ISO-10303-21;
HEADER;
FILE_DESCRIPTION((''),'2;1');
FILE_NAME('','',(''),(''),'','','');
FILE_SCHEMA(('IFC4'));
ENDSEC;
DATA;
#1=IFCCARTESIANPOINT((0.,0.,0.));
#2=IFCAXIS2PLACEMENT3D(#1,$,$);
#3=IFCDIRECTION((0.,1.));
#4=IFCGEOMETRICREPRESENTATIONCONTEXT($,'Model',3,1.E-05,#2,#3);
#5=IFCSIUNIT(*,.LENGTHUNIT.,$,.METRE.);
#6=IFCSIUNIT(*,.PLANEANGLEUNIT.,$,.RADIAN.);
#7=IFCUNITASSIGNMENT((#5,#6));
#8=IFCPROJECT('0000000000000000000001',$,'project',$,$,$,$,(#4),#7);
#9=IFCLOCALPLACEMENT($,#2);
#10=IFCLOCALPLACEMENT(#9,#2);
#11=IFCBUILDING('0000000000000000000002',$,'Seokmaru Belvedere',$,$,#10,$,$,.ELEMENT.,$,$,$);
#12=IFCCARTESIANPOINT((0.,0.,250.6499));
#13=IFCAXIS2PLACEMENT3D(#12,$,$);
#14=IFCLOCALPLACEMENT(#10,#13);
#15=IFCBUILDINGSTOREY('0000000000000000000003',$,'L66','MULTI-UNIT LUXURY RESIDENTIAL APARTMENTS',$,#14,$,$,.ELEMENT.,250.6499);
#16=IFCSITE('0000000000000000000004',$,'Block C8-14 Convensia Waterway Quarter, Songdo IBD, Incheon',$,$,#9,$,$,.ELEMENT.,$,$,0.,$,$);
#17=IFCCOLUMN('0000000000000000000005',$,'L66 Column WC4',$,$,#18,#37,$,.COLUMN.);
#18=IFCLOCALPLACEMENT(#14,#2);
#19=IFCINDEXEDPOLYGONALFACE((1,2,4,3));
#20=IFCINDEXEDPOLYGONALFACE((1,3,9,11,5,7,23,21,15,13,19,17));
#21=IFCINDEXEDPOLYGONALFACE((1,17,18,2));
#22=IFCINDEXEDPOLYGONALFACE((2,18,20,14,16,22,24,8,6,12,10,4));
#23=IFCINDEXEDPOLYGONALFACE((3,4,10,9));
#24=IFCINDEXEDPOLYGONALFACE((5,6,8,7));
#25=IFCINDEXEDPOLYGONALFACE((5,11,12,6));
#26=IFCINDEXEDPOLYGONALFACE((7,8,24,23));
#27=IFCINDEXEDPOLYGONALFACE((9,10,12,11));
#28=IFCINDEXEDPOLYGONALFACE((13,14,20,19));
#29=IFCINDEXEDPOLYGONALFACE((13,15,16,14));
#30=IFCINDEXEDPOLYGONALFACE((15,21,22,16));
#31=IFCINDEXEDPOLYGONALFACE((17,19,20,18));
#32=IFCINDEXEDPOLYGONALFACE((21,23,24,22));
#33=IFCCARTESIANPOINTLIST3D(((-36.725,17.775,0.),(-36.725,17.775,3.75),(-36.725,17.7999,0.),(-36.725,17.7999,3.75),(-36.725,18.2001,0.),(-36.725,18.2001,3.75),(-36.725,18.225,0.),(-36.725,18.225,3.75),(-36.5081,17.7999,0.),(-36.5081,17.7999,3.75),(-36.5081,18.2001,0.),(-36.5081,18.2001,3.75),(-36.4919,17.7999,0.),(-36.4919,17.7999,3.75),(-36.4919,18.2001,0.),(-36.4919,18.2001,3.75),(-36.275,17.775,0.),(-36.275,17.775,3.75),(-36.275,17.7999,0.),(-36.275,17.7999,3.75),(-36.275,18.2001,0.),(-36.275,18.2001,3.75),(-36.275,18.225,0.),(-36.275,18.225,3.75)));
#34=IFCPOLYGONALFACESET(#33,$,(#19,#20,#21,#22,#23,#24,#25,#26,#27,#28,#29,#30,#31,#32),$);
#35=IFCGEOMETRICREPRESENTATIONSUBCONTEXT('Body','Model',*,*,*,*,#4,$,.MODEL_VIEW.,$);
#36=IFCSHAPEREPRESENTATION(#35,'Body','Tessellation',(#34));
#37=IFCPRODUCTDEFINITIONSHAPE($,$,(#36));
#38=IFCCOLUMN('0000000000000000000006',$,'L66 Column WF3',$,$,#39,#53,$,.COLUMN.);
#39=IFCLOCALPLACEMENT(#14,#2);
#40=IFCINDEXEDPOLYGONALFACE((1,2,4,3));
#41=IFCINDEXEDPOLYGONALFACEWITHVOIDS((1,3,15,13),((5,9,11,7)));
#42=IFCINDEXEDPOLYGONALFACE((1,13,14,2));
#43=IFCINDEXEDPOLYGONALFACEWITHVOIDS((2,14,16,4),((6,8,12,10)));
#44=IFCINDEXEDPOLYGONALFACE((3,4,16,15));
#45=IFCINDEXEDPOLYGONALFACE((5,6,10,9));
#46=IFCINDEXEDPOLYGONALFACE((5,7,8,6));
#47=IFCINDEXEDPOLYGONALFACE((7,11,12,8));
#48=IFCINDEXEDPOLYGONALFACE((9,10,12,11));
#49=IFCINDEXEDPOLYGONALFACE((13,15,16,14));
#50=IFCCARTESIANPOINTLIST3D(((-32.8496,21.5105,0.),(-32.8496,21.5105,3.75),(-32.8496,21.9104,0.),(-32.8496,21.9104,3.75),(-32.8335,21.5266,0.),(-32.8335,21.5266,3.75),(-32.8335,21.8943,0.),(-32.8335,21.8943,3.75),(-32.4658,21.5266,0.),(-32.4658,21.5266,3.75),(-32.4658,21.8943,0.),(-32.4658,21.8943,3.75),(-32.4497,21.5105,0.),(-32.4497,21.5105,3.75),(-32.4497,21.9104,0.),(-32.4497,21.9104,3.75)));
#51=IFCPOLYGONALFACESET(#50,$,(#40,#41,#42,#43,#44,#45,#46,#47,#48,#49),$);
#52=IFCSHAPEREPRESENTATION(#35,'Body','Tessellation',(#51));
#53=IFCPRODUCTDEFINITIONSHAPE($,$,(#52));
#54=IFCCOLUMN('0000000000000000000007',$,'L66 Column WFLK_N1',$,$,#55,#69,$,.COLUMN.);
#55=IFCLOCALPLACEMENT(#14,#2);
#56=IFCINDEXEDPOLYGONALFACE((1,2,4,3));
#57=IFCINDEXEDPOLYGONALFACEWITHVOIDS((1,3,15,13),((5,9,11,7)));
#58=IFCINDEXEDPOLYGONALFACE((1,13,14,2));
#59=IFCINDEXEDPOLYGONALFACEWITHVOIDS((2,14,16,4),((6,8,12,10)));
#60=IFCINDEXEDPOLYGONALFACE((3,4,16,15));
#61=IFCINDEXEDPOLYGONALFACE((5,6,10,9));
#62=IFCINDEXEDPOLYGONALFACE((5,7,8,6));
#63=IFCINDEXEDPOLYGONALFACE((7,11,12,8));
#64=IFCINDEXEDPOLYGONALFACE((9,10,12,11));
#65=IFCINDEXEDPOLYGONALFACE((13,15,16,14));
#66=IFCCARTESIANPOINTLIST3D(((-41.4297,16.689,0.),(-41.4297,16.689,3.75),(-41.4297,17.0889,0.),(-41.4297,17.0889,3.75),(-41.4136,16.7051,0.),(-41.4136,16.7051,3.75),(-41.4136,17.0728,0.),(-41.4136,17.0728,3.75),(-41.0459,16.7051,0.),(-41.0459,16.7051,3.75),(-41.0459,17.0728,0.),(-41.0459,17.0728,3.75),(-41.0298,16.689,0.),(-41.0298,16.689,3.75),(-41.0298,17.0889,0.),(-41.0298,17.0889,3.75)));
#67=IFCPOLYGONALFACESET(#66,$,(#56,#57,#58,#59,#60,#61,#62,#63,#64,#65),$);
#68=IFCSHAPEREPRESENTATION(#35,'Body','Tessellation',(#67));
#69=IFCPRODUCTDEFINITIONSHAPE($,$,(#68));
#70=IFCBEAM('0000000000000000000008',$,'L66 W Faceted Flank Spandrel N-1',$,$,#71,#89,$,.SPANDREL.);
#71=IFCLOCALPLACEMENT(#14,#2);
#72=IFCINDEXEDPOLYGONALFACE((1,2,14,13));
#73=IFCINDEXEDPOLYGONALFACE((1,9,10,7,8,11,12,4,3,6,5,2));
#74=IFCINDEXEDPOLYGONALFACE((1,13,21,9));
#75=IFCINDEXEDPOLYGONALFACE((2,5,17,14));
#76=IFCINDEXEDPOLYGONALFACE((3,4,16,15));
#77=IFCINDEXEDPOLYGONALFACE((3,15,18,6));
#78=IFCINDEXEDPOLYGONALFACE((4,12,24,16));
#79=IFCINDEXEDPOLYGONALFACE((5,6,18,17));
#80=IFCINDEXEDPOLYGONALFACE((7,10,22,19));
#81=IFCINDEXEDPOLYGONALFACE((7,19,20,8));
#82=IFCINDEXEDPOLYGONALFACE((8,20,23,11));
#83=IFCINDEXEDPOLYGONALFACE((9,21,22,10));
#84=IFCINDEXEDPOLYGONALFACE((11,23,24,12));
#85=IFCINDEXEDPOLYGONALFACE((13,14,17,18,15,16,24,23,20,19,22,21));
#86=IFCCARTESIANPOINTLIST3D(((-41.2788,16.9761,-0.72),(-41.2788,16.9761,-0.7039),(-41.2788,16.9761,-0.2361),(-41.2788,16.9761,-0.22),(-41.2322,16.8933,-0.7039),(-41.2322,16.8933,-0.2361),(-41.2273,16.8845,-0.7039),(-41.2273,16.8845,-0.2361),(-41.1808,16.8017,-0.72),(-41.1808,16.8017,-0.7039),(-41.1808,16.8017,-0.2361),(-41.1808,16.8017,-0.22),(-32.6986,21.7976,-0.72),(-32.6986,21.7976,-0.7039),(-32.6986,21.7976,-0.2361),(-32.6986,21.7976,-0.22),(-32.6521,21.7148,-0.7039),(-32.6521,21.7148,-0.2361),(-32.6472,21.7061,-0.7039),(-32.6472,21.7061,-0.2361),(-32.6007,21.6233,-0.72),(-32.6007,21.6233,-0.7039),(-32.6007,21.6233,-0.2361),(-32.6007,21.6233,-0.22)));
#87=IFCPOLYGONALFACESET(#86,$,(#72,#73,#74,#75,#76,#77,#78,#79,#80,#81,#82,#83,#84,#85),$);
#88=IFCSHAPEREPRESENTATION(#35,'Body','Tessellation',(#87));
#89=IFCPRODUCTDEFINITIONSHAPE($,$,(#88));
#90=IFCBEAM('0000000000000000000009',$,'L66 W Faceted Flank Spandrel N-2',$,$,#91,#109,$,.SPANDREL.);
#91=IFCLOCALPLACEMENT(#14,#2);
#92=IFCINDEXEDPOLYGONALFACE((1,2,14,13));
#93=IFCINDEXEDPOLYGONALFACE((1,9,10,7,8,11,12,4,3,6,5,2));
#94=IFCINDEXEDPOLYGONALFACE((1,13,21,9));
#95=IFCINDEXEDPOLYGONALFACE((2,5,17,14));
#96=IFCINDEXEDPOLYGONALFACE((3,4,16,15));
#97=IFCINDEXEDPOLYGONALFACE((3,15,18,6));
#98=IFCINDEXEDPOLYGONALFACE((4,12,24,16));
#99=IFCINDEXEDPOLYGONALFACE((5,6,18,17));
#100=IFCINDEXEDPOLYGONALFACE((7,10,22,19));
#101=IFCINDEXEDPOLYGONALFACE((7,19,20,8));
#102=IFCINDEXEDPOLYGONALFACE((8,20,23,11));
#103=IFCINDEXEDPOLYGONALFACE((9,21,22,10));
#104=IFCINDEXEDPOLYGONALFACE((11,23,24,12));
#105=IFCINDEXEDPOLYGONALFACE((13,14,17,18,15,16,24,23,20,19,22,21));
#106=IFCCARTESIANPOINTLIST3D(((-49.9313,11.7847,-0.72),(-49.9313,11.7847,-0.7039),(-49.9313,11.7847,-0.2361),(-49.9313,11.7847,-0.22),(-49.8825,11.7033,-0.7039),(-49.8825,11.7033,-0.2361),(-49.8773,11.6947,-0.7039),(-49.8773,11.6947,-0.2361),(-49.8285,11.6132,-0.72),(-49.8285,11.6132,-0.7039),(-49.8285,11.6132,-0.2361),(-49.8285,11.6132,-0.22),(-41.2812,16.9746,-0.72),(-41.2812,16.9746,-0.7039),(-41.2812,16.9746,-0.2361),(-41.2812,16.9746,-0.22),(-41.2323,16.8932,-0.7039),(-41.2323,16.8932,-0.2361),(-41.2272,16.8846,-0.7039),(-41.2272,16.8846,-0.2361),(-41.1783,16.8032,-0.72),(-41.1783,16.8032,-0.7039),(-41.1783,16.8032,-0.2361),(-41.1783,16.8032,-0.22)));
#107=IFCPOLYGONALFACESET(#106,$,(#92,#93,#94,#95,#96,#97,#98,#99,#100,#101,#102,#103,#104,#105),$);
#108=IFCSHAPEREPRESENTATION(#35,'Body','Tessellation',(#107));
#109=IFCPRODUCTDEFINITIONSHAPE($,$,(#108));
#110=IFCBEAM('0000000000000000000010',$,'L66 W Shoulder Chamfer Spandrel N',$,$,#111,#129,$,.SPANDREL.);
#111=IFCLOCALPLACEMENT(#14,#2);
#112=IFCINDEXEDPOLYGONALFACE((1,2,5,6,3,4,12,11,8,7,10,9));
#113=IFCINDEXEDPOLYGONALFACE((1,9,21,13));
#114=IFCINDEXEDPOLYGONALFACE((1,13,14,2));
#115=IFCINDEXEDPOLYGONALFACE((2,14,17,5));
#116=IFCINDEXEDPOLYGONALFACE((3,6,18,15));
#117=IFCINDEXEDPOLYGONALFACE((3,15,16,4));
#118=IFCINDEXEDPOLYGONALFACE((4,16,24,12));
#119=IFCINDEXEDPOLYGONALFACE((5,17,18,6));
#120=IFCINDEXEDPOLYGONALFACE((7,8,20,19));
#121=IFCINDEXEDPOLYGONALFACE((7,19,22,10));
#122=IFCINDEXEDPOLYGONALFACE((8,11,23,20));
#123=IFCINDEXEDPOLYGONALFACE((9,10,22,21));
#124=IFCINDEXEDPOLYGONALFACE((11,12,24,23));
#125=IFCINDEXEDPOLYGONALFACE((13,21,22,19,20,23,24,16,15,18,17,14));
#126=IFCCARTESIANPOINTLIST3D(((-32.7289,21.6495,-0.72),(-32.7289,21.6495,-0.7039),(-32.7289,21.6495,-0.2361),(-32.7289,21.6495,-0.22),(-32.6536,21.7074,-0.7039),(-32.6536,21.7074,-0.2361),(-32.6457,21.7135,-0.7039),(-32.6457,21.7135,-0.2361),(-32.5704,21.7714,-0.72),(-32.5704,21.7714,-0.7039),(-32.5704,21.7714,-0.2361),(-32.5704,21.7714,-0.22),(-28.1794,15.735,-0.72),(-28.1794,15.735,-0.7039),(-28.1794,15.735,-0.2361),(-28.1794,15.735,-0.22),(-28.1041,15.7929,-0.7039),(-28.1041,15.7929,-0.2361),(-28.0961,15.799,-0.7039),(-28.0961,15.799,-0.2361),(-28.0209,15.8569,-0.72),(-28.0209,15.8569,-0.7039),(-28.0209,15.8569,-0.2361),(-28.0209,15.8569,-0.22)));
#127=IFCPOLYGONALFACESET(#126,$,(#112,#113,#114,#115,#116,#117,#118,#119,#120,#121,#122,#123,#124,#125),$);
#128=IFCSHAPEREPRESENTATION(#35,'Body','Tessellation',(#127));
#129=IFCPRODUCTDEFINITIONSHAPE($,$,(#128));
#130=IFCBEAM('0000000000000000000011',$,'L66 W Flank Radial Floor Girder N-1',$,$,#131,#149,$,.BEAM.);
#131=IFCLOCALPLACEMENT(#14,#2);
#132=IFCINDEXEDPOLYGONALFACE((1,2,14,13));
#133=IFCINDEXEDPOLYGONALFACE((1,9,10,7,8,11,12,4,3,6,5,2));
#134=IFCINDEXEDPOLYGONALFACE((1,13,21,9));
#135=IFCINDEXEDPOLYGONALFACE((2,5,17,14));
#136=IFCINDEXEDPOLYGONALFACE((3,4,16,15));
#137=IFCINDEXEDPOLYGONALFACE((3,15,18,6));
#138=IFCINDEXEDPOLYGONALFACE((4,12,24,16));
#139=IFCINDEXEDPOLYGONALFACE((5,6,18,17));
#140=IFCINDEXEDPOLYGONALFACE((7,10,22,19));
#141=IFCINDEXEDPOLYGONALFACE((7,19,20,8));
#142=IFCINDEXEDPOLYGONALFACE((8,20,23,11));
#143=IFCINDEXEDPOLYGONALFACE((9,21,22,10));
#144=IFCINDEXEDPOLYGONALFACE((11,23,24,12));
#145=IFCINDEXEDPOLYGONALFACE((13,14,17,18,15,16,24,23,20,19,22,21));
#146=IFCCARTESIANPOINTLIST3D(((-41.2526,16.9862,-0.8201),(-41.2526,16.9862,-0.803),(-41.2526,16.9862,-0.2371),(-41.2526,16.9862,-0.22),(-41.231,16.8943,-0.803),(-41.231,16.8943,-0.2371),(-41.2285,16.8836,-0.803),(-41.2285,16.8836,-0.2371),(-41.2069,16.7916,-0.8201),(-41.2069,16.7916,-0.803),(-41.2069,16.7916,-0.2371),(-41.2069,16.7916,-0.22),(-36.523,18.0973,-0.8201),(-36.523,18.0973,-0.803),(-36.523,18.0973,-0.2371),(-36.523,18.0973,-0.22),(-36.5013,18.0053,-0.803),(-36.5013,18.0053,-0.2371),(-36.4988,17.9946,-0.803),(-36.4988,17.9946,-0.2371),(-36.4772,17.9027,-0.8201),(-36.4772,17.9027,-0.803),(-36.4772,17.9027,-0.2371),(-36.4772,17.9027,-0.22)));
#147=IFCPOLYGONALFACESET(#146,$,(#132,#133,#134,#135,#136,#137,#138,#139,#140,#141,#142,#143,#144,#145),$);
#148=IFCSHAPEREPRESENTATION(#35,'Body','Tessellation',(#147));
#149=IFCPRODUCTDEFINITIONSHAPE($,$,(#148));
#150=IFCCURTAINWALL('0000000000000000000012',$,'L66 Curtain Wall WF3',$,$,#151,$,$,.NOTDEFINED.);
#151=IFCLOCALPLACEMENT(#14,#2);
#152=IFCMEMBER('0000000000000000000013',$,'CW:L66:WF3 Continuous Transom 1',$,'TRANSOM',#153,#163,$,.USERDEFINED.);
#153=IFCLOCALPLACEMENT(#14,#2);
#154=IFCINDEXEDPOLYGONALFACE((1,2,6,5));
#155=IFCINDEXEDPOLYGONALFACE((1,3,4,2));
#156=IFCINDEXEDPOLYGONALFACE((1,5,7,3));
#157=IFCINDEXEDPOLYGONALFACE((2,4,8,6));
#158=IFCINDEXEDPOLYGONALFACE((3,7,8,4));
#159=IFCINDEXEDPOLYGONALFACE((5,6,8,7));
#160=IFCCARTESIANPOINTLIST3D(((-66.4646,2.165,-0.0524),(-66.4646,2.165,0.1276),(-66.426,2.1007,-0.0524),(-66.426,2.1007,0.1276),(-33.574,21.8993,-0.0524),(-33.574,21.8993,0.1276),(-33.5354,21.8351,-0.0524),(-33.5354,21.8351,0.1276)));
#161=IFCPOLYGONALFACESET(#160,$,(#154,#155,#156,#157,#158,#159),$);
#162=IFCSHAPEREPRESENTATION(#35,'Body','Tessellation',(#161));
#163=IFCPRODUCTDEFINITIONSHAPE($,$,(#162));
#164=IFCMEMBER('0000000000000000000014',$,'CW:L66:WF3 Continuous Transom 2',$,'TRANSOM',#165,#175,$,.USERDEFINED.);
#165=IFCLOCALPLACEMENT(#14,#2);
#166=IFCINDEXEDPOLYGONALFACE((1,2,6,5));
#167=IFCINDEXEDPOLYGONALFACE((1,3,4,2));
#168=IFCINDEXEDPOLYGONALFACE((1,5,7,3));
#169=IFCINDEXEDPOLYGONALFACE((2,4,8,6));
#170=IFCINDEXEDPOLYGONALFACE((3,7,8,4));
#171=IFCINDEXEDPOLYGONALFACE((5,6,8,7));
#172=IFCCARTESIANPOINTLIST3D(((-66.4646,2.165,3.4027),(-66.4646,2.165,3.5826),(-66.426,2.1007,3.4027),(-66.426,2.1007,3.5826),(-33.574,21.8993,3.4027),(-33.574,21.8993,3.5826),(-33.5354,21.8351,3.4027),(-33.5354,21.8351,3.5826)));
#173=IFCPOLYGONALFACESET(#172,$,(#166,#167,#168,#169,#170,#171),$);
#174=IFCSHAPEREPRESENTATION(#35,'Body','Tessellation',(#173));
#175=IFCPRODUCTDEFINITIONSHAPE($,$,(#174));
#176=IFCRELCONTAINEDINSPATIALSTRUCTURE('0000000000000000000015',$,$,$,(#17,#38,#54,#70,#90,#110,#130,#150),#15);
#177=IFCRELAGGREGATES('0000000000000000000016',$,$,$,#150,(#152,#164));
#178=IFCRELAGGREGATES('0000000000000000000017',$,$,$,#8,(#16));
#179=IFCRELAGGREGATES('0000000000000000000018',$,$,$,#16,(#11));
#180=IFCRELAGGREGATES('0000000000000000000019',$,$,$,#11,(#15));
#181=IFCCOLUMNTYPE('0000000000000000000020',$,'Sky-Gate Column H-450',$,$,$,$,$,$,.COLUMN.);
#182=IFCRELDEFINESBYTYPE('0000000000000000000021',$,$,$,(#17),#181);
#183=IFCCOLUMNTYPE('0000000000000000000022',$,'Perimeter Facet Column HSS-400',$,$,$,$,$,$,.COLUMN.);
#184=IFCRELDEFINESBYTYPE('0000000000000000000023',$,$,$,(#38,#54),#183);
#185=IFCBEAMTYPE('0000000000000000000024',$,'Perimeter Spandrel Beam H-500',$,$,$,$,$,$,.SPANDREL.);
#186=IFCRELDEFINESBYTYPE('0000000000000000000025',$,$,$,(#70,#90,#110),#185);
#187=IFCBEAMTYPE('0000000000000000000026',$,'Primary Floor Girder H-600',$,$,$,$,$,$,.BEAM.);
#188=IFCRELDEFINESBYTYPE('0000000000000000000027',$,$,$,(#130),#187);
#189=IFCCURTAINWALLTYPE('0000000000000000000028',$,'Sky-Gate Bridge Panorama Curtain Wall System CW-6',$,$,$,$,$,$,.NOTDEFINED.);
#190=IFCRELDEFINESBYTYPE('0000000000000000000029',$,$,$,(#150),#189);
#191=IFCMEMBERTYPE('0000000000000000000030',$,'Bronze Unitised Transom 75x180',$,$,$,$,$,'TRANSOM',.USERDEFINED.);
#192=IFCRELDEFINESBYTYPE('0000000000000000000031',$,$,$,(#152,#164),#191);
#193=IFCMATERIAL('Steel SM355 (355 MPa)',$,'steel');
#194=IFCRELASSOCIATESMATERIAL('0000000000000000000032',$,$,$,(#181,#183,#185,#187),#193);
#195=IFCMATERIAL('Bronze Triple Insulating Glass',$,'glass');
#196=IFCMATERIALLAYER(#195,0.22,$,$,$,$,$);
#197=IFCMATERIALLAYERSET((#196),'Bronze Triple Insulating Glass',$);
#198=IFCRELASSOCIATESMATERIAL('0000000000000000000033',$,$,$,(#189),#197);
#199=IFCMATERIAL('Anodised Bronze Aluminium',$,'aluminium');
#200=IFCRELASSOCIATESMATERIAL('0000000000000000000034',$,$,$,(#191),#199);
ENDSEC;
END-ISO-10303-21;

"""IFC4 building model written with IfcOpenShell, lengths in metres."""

from ifc_helpers import new_model, si_unit, direction, frame, origin, origin_2d, place, context, subcontext, project, spatial, rectangle, hollow_rectangle, i_section, extrude, source, transform, mapped, material, layer, layer_set, material_profile, profile_set, type_object, type_shapes, element, aggregate, save


model = new_model("IFC4")

# Units and contexts
model_context = context("Model", 3, precision=1e-05, world=origin(), true_north=direction((0.0, 1.0)))
body_context = subcontext(model_context, "Body", "Model", "MODEL_VIEW")
ifc_project = project(units=[si_unit("LENGTHUNIT", "METRE"), si_unit("PLANEANGLEUNIT", "RADIAN")], contexts=[model_context])

# Site, building, storey
site_placement = place(None, origin())
site = spatial("IfcSite", under=ifc_project, at=site_placement, Name="Block C8-14 Convensia Waterway Quarter, Songdo IBD, Incheon", CompositionType="ELEMENT", RefElevation=0.0)
building_placement = place(site_placement, origin())
building = spatial("IfcBuilding", under=site, at=building_placement, Name="Seokmaru Belvedere", CompositionType="ELEMENT")
storey_placement = place(building_placement, frame((0.0, 0.0, 250.6499)))
storey = spatial("IfcBuildingStorey", under=building, at=storey_placement, Name="L66", Description="MULTI-UNIT LUXURY RESIDENTIAL APARTMENTS", CompositionType="ELEMENT", Elevation=250.6499)

# Columns
ifc_material_1 = material(Name="Steel SM355 (355 MPa)", Category="steel")
ifc_material_profile_1 = material_profile(ifc_material_1, i_section(OverallWidth=0.45, OverallDepth=0.45, WebThickness=0.0161, FlangeThickness=0.0249, at=origin_2d()), Name="H-450x450x16x25")
ifc_profile_set_1 = profile_set([ifc_material_profile_1], Name="Steel SM355 (355 MPa)")
column_type_1 = type_object("IfcColumnType", Name="Sky-Gate Column H-450", PredefinedType="COLUMN", material=ifc_profile_set_1)
shared_shape_1 = source(origin(), body_context, "Body", "SweptSolid", [
    extrude(i_section(OverallWidth=0.45, OverallDepth=0.45, WebThickness=0.0161, FlangeThickness=0.0249, at=origin_2d()), origin(), (0.0, 0.0, 1.0), 3.75),
])
type_shapes(column_type_1, [shared_shape_1])
column_placement = place(storey_placement, frame((-36.5, 18.0, 0.0), z_axis=(0.0, 0.0, 1.0), x_axis=(1.0, 0.0, 0.0)))
element("IfcColumn", 1, at=column_placement, inside=storey, type_object=column_type_1, Name="L66 Column WC4", PredefinedType="COLUMN", context=body_context, shape_type="MappedRepresentation", body=[
    mapped(shared_shape_1, transform((0.0, 0.0, 0.0), scale=1.0)),
])
ifc_material_profile_2 = material_profile(ifc_material_1, hollow_rectangle(XDim=0.3999, YDim=0.3999, WallThickness=0.0161, at=origin_2d()), Name="HSS-400x400x16")
ifc_profile_set_2 = profile_set([ifc_material_profile_2], Name="Steel SM355 (355 MPa)")
column_type_2 = type_object("IfcColumnType", Name="Perimeter Facet Column HSS-400", PredefinedType="COLUMN", material=ifc_profile_set_2)
shared_shape_2 = source(origin(), body_context, "Body", "SweptSolid", [
    extrude(hollow_rectangle(XDim=0.3999, YDim=0.3999, WallThickness=0.0161, at=origin_2d()), origin(), (0.0, 0.0, 1.0), 3.75),
])
type_shapes(column_type_2, [shared_shape_2])
for number, where, z_axis, x_axis, name in (
    (2, (-32.6497, 21.7104, 0.0), (0.0, 0.0, 1.0), (1.0, 0.0, 0.0), "L66 Column WF3"),
    (3, (-41.2297, 16.8889, 0.0), (0.0, 0.0, 1.0), (1.0, 0.0, 0.0), "L66 Column WFLK_N1"),
):
    element("IfcColumn", number, at=place(storey_placement, frame(where, z_axis=z_axis, x_axis=x_axis)), inside=storey, type_object=column_type_2, Name=name, PredefinedType="COLUMN", context=body_context, shape_type="MappedRepresentation", body=[
        mapped(shared_shape_2, transform((0.0, 0.0, 0.0), scale=1.0)),
    ])

# Beams
ifc_material_profile_3 = material_profile(ifc_material_1, i_section(OverallWidth=0.2, OverallDepth=0.5, WebThickness=0.01, FlangeThickness=0.0161, at=origin_2d()), Name="H-500x200x10x16")
ifc_profile_set_3 = profile_set([ifc_material_profile_3], Name="Steel SM355 (355 MPa)")
beam_type_1 = type_object("IfcBeamType", Name="Perimeter Spandrel Beam H-500", PredefinedType="SPANDREL", material=ifc_profile_set_3)
shared_shape_3 = source(origin(), body_context, "Body", "SweptSolid", [
    extrude(i_section(OverallWidth=0.2, OverallDepth=0.5, WebThickness=0.01, FlangeThickness=0.0161, at=origin_2d()), origin(), (0.0, 0.0, 1.0), 9.842),
])
beam_1_placement = place(storey_placement, frame((-32.6497, 21.7104, -0.47), z_axis=(-0.871782, -0.489894, 0.0), x_axis=(0.489894, -0.871782, 0.0)))
element("IfcBeam", 4, at=beam_1_placement, inside=storey, type_object=beam_type_1, Name="L66 W Faceted Flank Spandrel N-1", PredefinedType="SPANDREL", context=body_context, shape_type="MappedRepresentation", body=[
    mapped(shared_shape_3, transform((0.0, 0.0, 0.0), scale=1.0)),
])
shared_shape_4 = source(origin(), body_context, "Body", "SweptSolid", [
    extrude(i_section(OverallWidth=0.2, OverallDepth=0.5, WebThickness=0.01, FlangeThickness=0.0161, at=origin_2d()), origin(), (0.0, 0.0, 1.0), 10.0876),
])
beam_2_placement = place(storey_placement, frame((-41.2297, 16.8889, -0.47), z_axis=(-0.857499, -0.514485, 0.0), x_axis=(0.514485, -0.857499, 0.0)))
element("IfcBeam", 5, at=beam_2_placement, inside=storey, type_object=beam_type_1, Name="L66 W Faceted Flank Spandrel N-2", PredefinedType="SPANDREL", context=body_context, shape_type="MappedRepresentation", body=[
    mapped(shared_shape_4, transform((0.0, 0.0, 0.0), scale=1.0)),
])
shared_shape_5 = source(origin(), body_context, "Body", "SweptSolid", [
    extrude(i_section(OverallWidth=0.2, OverallDepth=0.5, WebThickness=0.01, FlangeThickness=0.0161, at=origin_2d()), origin(), (0.0, 0.0, 1.0), 7.4619),
])
type_shapes(beam_type_1, [shared_shape_3, shared_shape_4, shared_shape_5])
beam_3_placement = place(storey_placement, frame((-32.6497, 21.7104, -0.47), z_axis=(0.609703, -0.79263, 0.0), x_axis=(0.79263, 0.609703, 0.0)))
element("IfcBeam", 6, at=beam_3_placement, inside=storey, type_object=beam_type_1, Name="L66 W Shoulder Chamfer Spandrel N", PredefinedType="SPANDREL", context=body_context, shape_type="MappedRepresentation", body=[
    mapped(shared_shape_5, transform((0.0, 0.0, 0.0), scale=1.0)),
])
ifc_material_profile_4 = material_profile(ifc_material_1, i_section(OverallWidth=0.2, OverallDepth=0.6001, WebThickness=0.011, FlangeThickness=0.0171, at=origin_2d()), Name="H-600x200x11x17")
ifc_profile_set_4 = profile_set([ifc_material_profile_4], Name="Steel SM355 (355 MPa)")
beam_type_2 = type_object("IfcBeamType", Name="Primary Floor Girder H-600", PredefinedType="BEAM", material=ifc_profile_set_4)
shared_shape_6 = source(origin(), body_context, "Body", "SweptSolid", [
    extrude(i_section(OverallWidth=0.2, OverallDepth=0.6001, WebThickness=0.011, FlangeThickness=0.0171, at=origin_2d()), origin(), (0.0, 0.0, 1.0), 4.8584),
])
type_shapes(beam_type_2, [shared_shape_6])
beam_4_placement = place(storey_placement, frame((-41.2297, 16.8889, -0.52), z_axis=(0.973499, 0.228689, 0.0), x_axis=(-0.228689, 0.973499, 0.0)))
element("IfcBeam", 7, at=beam_4_placement, inside=storey, type_object=beam_type_2, Name="L66 W Flank Radial Floor Girder N-1", PredefinedType="BEAM", context=body_context, shape_type="MappedRepresentation", body=[
    mapped(shared_shape_6, transform((0.0, 0.0, 0.0), scale=1.0)),
])

# Curtain wall, members
ifc_material_2 = material(Name="Bronze Triple Insulating Glass", Category="glass")
ifc_layer_1 = layer(ifc_material_2, 0.22)
ifc_layer_set_1 = layer_set([ifc_layer_1], Name="Bronze Triple Insulating Glass")
curtain_wall_type = type_object("IfcCurtainWallType", Name="Sky-Gate Bridge Panorama Curtain Wall System CW-6", PredefinedType="NOTDEFINED", material=ifc_layer_set_1)
curtain_wall_1_placement = place(storey_placement, origin())
curtain_wall_1 = element("IfcCurtainWall", 8, at=curtain_wall_1_placement, inside=storey, type_object=curtain_wall_type, Name="L66 Curtain Wall WF3", PredefinedType="NOTDEFINED")
ifc_material_3 = material(Name="Anodised Bronze Aluminium", Category="aluminium")
ifc_material_profile_5 = material_profile(ifc_material_3, rectangle(XDim=0.075, YDim=0.1799, at=origin_2d()), Name="CW-T-75x180")
ifc_profile_set_5 = profile_set([ifc_material_profile_5], Name="Anodised Bronze Aluminium")
member_type_1 = type_object("IfcMemberType", Name="Bronze Unitised Transom 75x180", ElementType="TRANSOM", PredefinedType="USERDEFINED", material=ifc_profile_set_5)
shared_shape_7 = source(origin(), body_context, "Body", "SweptSolid", [
    extrude(rectangle(XDim=0.075, YDim=0.1799, at=origin_2d()), origin(), (0.0, 0.0, 1.0), 38.3567),
])
type_shapes(member_type_1, [shared_shape_7])
member_1_placement = place(storey_placement, frame((-33.5547, 21.8672, 0.0376), z_axis=(-0.857493, -0.514496, 0.0), x_axis=(0.514496, -0.857493, 0.0)))
member_1 = element("IfcMember", 9, at=member_1_placement, type_object=member_type_1, Name="CW:L66:WF3 Continuous Transom 1", ObjectType="TRANSOM", PredefinedType="USERDEFINED", context=body_context, shape_type="MappedRepresentation", body=[
    mapped(shared_shape_7, transform((0.0, 0.0, 0.0), scale=1.0)),
])
member_2_placement = place(storey_placement, frame((-33.5547, 21.8672, 3.4927), z_axis=(-0.857493, -0.514496, 0.0), x_axis=(0.514496, -0.857493, 0.0)))
member_2 = element("IfcMember", 10, at=member_2_placement, type_object=member_type_1, Name="CW:L66:WF3 Continuous Transom 2", ObjectType="TRANSOM", PredefinedType="USERDEFINED", context=body_context, shape_type="MappedRepresentation", body=[
    mapped(shared_shape_7, transform((0.0, 0.0, 0.0), scale=1.0)),
])

aggregate(curtain_wall_1, [member_1, member_2])

save(model, "model.ifc")
